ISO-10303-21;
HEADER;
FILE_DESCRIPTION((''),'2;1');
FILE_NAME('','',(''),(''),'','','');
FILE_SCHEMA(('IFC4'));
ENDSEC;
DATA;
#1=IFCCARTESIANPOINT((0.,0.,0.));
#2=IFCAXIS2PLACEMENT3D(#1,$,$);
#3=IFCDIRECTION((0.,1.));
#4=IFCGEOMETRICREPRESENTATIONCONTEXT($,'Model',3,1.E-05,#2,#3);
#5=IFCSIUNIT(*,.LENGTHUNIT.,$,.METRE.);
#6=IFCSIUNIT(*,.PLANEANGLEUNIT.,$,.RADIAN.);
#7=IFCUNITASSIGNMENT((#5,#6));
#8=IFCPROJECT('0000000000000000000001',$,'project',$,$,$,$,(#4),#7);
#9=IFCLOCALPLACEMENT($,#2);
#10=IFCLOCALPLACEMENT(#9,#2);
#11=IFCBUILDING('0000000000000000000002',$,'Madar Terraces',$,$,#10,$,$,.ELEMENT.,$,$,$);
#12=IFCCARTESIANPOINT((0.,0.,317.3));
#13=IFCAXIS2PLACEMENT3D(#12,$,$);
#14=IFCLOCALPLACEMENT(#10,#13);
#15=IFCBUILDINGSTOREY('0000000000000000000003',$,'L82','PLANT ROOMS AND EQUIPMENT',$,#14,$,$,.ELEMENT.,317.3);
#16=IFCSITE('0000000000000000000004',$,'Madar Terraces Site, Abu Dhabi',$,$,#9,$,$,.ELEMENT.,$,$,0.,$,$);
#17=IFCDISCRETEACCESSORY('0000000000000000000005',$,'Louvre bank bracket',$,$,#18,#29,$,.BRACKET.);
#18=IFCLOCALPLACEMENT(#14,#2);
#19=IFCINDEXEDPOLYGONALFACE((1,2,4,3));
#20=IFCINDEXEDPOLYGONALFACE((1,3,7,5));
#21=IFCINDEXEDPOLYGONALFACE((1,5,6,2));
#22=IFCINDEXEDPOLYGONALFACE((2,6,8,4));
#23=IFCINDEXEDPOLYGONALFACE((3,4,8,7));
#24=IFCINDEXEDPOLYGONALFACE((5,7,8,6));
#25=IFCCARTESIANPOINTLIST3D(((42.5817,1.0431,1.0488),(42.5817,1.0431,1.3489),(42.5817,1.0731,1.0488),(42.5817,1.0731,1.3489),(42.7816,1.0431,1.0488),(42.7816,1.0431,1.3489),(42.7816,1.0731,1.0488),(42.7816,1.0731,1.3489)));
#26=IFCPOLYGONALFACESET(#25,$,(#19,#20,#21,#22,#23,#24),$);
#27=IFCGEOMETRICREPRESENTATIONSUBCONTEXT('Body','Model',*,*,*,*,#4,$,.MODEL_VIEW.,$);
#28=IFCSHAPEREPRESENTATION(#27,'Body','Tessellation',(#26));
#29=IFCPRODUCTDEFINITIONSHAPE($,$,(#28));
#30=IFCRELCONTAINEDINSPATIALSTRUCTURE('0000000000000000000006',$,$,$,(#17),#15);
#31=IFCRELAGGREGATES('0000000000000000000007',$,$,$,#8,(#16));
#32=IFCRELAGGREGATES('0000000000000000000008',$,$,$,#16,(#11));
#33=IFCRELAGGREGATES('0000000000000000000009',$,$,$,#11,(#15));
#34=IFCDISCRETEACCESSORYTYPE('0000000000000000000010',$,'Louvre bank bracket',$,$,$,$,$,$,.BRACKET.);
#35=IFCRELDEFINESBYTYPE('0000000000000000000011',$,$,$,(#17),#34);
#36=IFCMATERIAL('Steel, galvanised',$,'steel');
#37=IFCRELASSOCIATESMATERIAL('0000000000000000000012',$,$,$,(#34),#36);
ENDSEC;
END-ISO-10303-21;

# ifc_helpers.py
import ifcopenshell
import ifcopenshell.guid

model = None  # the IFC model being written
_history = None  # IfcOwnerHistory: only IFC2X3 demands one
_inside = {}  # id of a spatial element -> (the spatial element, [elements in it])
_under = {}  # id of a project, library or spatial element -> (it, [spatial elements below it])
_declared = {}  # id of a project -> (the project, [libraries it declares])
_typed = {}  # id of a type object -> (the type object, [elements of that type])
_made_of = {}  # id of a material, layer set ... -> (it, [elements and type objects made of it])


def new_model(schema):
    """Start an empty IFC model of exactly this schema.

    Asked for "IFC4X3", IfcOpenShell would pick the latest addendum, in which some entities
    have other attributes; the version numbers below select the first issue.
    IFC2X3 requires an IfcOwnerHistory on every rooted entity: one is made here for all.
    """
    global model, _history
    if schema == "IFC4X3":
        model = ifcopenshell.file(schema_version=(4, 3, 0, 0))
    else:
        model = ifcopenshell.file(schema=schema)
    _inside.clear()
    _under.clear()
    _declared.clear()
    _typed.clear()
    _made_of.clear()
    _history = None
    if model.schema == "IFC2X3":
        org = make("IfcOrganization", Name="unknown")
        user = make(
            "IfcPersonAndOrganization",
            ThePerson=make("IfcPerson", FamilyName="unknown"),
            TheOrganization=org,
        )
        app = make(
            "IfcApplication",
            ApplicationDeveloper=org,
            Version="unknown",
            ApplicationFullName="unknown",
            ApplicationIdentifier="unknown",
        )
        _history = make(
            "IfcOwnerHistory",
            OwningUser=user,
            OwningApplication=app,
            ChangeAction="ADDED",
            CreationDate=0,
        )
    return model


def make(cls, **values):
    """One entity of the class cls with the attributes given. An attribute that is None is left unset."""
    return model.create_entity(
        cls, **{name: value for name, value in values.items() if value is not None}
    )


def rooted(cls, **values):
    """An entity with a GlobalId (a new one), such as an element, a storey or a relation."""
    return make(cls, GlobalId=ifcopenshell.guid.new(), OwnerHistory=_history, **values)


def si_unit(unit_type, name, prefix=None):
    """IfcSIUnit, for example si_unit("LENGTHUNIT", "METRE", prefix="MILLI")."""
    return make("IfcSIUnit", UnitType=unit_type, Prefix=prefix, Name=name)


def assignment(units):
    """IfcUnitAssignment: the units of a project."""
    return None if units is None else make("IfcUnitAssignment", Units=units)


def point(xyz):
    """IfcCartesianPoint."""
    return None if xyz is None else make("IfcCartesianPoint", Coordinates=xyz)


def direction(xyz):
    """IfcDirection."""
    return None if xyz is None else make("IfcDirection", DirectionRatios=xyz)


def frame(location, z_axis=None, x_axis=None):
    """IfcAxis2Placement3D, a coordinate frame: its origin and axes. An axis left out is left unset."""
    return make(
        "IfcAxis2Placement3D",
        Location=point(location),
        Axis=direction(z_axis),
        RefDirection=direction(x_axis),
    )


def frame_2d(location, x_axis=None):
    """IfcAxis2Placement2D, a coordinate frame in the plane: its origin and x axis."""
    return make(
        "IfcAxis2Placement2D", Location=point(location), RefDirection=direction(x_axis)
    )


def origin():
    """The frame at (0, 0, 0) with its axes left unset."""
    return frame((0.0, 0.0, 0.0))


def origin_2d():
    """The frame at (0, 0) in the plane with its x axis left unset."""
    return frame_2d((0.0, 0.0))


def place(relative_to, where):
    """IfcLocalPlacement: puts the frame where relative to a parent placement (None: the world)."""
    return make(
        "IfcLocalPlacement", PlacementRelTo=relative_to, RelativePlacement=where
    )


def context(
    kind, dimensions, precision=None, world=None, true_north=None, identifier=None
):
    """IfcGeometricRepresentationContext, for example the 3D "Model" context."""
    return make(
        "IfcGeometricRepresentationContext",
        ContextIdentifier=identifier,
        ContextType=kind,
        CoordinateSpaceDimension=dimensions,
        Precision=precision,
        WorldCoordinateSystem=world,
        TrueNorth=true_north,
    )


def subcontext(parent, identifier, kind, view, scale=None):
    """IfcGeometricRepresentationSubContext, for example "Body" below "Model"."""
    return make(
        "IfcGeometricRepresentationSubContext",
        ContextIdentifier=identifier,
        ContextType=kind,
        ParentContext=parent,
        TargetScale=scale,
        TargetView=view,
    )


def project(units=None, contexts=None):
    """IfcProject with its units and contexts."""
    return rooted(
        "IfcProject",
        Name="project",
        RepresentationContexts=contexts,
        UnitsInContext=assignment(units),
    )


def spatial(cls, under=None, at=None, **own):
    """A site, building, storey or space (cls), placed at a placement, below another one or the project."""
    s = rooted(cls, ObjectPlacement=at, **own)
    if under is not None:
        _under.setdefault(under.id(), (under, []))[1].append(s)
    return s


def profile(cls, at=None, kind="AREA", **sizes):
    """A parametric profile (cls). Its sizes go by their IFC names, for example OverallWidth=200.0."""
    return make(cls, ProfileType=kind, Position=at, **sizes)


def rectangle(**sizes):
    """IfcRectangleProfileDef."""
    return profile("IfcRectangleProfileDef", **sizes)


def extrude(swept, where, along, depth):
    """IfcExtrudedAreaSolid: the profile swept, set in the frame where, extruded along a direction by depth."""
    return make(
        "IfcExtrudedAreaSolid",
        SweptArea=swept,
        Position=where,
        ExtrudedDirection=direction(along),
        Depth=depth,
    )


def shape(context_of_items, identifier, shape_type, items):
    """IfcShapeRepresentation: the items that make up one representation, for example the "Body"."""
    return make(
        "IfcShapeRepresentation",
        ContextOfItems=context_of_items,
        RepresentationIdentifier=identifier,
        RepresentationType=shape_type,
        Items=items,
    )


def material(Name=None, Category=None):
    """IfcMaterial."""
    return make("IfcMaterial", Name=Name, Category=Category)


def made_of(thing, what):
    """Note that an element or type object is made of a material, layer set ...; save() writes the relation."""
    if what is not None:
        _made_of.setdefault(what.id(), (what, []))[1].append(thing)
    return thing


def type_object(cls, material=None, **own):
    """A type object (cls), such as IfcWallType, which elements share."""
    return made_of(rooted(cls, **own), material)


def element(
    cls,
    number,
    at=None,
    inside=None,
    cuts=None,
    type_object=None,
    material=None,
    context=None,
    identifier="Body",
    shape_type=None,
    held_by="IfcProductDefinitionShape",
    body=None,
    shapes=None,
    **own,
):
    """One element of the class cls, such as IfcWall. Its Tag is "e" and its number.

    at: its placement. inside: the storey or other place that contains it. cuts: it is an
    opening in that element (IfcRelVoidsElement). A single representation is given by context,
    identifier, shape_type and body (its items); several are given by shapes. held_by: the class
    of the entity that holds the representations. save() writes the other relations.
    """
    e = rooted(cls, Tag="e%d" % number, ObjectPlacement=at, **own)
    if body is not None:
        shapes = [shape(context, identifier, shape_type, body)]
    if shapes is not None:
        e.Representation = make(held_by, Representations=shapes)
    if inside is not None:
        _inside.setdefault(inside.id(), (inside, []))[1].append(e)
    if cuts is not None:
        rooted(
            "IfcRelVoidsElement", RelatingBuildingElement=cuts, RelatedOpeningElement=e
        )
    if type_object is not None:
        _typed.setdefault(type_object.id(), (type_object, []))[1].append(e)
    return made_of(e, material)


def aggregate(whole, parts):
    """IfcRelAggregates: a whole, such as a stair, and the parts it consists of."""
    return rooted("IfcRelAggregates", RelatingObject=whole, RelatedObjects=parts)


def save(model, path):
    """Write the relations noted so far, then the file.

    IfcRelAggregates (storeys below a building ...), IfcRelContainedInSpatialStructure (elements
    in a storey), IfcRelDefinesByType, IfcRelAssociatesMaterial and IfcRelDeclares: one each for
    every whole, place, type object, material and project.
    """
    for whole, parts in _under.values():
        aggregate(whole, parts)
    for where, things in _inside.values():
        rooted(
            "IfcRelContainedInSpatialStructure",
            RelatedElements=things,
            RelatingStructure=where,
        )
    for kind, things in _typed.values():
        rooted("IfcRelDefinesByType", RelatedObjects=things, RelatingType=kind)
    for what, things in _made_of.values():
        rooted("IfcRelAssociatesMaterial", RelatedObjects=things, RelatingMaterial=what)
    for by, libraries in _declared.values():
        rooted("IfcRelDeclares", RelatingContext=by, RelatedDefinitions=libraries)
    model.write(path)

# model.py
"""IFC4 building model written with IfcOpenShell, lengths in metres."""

from ifc_helpers import new_model, si_unit, direction, frame, origin, origin_2d, place, context, subcontext, project, spatial, rectangle, extrude, material, type_object, element, save


model = new_model("IFC4")

# Units and contexts
model_context = context("Model", 3, precision=1e-05, world=origin(), true_north=direction((0.0, 1.0)))
body_context = subcontext(model_context, "Body", "Model", "MODEL_VIEW")
ifc_project = project(units=[si_unit("LENGTHUNIT", "METRE"), si_unit("PLANEANGLEUNIT", "RADIAN")], contexts=[model_context])

# Site, building, storey
site_placement = place(None, origin())
site = spatial("IfcSite", under=ifc_project, at=site_placement, Name="Madar Terraces Site, Abu Dhabi", CompositionType="ELEMENT", RefElevation=0.0)
building_placement = place(site_placement, origin())
building = spatial("IfcBuilding", under=site, at=building_placement, Name="Madar Terraces", CompositionType="ELEMENT")
storey_placement = place(building_placement, frame((0.0, 0.0, 317.3)))
storey = spatial("IfcBuildingStorey", under=building, at=storey_placement, Name="L82", Description="PLANT ROOMS AND EQUIPMENT", CompositionType="ELEMENT", Elevation=317.3)

# Discrete accessory
ifc_material_1 = material(Name="Steel, galvanised", Category="steel")
discrete_accessory_type_1 = type_object("IfcDiscreteAccessoryType", Name="Louvre bank bracket", PredefinedType="BRACKET", material=ifc_material_1)
for number, where, z_axis, x_axis, name in (
    (1, (42.6816, 1.0581, 1.0488), (0.0, 0.0, 1.0), (1.0, 0.0, 0.0), "Louvre bank bracket"),
):
    element("IfcDiscreteAccessory", number, at=place(storey_placement, frame(where, z_axis=z_axis, x_axis=x_axis)), inside=storey, type_object=discrete_accessory_type_1, Name=name, PredefinedType="BRACKET", context=body_context, shape_type="SweptSolid", body=[
        extrude(rectangle(XDim=0.2, YDim=0.03, at=origin_2d()), origin(), (0.0, 0.0, 1.0), 0.3),
    ])

save(model, "model.ifc")
